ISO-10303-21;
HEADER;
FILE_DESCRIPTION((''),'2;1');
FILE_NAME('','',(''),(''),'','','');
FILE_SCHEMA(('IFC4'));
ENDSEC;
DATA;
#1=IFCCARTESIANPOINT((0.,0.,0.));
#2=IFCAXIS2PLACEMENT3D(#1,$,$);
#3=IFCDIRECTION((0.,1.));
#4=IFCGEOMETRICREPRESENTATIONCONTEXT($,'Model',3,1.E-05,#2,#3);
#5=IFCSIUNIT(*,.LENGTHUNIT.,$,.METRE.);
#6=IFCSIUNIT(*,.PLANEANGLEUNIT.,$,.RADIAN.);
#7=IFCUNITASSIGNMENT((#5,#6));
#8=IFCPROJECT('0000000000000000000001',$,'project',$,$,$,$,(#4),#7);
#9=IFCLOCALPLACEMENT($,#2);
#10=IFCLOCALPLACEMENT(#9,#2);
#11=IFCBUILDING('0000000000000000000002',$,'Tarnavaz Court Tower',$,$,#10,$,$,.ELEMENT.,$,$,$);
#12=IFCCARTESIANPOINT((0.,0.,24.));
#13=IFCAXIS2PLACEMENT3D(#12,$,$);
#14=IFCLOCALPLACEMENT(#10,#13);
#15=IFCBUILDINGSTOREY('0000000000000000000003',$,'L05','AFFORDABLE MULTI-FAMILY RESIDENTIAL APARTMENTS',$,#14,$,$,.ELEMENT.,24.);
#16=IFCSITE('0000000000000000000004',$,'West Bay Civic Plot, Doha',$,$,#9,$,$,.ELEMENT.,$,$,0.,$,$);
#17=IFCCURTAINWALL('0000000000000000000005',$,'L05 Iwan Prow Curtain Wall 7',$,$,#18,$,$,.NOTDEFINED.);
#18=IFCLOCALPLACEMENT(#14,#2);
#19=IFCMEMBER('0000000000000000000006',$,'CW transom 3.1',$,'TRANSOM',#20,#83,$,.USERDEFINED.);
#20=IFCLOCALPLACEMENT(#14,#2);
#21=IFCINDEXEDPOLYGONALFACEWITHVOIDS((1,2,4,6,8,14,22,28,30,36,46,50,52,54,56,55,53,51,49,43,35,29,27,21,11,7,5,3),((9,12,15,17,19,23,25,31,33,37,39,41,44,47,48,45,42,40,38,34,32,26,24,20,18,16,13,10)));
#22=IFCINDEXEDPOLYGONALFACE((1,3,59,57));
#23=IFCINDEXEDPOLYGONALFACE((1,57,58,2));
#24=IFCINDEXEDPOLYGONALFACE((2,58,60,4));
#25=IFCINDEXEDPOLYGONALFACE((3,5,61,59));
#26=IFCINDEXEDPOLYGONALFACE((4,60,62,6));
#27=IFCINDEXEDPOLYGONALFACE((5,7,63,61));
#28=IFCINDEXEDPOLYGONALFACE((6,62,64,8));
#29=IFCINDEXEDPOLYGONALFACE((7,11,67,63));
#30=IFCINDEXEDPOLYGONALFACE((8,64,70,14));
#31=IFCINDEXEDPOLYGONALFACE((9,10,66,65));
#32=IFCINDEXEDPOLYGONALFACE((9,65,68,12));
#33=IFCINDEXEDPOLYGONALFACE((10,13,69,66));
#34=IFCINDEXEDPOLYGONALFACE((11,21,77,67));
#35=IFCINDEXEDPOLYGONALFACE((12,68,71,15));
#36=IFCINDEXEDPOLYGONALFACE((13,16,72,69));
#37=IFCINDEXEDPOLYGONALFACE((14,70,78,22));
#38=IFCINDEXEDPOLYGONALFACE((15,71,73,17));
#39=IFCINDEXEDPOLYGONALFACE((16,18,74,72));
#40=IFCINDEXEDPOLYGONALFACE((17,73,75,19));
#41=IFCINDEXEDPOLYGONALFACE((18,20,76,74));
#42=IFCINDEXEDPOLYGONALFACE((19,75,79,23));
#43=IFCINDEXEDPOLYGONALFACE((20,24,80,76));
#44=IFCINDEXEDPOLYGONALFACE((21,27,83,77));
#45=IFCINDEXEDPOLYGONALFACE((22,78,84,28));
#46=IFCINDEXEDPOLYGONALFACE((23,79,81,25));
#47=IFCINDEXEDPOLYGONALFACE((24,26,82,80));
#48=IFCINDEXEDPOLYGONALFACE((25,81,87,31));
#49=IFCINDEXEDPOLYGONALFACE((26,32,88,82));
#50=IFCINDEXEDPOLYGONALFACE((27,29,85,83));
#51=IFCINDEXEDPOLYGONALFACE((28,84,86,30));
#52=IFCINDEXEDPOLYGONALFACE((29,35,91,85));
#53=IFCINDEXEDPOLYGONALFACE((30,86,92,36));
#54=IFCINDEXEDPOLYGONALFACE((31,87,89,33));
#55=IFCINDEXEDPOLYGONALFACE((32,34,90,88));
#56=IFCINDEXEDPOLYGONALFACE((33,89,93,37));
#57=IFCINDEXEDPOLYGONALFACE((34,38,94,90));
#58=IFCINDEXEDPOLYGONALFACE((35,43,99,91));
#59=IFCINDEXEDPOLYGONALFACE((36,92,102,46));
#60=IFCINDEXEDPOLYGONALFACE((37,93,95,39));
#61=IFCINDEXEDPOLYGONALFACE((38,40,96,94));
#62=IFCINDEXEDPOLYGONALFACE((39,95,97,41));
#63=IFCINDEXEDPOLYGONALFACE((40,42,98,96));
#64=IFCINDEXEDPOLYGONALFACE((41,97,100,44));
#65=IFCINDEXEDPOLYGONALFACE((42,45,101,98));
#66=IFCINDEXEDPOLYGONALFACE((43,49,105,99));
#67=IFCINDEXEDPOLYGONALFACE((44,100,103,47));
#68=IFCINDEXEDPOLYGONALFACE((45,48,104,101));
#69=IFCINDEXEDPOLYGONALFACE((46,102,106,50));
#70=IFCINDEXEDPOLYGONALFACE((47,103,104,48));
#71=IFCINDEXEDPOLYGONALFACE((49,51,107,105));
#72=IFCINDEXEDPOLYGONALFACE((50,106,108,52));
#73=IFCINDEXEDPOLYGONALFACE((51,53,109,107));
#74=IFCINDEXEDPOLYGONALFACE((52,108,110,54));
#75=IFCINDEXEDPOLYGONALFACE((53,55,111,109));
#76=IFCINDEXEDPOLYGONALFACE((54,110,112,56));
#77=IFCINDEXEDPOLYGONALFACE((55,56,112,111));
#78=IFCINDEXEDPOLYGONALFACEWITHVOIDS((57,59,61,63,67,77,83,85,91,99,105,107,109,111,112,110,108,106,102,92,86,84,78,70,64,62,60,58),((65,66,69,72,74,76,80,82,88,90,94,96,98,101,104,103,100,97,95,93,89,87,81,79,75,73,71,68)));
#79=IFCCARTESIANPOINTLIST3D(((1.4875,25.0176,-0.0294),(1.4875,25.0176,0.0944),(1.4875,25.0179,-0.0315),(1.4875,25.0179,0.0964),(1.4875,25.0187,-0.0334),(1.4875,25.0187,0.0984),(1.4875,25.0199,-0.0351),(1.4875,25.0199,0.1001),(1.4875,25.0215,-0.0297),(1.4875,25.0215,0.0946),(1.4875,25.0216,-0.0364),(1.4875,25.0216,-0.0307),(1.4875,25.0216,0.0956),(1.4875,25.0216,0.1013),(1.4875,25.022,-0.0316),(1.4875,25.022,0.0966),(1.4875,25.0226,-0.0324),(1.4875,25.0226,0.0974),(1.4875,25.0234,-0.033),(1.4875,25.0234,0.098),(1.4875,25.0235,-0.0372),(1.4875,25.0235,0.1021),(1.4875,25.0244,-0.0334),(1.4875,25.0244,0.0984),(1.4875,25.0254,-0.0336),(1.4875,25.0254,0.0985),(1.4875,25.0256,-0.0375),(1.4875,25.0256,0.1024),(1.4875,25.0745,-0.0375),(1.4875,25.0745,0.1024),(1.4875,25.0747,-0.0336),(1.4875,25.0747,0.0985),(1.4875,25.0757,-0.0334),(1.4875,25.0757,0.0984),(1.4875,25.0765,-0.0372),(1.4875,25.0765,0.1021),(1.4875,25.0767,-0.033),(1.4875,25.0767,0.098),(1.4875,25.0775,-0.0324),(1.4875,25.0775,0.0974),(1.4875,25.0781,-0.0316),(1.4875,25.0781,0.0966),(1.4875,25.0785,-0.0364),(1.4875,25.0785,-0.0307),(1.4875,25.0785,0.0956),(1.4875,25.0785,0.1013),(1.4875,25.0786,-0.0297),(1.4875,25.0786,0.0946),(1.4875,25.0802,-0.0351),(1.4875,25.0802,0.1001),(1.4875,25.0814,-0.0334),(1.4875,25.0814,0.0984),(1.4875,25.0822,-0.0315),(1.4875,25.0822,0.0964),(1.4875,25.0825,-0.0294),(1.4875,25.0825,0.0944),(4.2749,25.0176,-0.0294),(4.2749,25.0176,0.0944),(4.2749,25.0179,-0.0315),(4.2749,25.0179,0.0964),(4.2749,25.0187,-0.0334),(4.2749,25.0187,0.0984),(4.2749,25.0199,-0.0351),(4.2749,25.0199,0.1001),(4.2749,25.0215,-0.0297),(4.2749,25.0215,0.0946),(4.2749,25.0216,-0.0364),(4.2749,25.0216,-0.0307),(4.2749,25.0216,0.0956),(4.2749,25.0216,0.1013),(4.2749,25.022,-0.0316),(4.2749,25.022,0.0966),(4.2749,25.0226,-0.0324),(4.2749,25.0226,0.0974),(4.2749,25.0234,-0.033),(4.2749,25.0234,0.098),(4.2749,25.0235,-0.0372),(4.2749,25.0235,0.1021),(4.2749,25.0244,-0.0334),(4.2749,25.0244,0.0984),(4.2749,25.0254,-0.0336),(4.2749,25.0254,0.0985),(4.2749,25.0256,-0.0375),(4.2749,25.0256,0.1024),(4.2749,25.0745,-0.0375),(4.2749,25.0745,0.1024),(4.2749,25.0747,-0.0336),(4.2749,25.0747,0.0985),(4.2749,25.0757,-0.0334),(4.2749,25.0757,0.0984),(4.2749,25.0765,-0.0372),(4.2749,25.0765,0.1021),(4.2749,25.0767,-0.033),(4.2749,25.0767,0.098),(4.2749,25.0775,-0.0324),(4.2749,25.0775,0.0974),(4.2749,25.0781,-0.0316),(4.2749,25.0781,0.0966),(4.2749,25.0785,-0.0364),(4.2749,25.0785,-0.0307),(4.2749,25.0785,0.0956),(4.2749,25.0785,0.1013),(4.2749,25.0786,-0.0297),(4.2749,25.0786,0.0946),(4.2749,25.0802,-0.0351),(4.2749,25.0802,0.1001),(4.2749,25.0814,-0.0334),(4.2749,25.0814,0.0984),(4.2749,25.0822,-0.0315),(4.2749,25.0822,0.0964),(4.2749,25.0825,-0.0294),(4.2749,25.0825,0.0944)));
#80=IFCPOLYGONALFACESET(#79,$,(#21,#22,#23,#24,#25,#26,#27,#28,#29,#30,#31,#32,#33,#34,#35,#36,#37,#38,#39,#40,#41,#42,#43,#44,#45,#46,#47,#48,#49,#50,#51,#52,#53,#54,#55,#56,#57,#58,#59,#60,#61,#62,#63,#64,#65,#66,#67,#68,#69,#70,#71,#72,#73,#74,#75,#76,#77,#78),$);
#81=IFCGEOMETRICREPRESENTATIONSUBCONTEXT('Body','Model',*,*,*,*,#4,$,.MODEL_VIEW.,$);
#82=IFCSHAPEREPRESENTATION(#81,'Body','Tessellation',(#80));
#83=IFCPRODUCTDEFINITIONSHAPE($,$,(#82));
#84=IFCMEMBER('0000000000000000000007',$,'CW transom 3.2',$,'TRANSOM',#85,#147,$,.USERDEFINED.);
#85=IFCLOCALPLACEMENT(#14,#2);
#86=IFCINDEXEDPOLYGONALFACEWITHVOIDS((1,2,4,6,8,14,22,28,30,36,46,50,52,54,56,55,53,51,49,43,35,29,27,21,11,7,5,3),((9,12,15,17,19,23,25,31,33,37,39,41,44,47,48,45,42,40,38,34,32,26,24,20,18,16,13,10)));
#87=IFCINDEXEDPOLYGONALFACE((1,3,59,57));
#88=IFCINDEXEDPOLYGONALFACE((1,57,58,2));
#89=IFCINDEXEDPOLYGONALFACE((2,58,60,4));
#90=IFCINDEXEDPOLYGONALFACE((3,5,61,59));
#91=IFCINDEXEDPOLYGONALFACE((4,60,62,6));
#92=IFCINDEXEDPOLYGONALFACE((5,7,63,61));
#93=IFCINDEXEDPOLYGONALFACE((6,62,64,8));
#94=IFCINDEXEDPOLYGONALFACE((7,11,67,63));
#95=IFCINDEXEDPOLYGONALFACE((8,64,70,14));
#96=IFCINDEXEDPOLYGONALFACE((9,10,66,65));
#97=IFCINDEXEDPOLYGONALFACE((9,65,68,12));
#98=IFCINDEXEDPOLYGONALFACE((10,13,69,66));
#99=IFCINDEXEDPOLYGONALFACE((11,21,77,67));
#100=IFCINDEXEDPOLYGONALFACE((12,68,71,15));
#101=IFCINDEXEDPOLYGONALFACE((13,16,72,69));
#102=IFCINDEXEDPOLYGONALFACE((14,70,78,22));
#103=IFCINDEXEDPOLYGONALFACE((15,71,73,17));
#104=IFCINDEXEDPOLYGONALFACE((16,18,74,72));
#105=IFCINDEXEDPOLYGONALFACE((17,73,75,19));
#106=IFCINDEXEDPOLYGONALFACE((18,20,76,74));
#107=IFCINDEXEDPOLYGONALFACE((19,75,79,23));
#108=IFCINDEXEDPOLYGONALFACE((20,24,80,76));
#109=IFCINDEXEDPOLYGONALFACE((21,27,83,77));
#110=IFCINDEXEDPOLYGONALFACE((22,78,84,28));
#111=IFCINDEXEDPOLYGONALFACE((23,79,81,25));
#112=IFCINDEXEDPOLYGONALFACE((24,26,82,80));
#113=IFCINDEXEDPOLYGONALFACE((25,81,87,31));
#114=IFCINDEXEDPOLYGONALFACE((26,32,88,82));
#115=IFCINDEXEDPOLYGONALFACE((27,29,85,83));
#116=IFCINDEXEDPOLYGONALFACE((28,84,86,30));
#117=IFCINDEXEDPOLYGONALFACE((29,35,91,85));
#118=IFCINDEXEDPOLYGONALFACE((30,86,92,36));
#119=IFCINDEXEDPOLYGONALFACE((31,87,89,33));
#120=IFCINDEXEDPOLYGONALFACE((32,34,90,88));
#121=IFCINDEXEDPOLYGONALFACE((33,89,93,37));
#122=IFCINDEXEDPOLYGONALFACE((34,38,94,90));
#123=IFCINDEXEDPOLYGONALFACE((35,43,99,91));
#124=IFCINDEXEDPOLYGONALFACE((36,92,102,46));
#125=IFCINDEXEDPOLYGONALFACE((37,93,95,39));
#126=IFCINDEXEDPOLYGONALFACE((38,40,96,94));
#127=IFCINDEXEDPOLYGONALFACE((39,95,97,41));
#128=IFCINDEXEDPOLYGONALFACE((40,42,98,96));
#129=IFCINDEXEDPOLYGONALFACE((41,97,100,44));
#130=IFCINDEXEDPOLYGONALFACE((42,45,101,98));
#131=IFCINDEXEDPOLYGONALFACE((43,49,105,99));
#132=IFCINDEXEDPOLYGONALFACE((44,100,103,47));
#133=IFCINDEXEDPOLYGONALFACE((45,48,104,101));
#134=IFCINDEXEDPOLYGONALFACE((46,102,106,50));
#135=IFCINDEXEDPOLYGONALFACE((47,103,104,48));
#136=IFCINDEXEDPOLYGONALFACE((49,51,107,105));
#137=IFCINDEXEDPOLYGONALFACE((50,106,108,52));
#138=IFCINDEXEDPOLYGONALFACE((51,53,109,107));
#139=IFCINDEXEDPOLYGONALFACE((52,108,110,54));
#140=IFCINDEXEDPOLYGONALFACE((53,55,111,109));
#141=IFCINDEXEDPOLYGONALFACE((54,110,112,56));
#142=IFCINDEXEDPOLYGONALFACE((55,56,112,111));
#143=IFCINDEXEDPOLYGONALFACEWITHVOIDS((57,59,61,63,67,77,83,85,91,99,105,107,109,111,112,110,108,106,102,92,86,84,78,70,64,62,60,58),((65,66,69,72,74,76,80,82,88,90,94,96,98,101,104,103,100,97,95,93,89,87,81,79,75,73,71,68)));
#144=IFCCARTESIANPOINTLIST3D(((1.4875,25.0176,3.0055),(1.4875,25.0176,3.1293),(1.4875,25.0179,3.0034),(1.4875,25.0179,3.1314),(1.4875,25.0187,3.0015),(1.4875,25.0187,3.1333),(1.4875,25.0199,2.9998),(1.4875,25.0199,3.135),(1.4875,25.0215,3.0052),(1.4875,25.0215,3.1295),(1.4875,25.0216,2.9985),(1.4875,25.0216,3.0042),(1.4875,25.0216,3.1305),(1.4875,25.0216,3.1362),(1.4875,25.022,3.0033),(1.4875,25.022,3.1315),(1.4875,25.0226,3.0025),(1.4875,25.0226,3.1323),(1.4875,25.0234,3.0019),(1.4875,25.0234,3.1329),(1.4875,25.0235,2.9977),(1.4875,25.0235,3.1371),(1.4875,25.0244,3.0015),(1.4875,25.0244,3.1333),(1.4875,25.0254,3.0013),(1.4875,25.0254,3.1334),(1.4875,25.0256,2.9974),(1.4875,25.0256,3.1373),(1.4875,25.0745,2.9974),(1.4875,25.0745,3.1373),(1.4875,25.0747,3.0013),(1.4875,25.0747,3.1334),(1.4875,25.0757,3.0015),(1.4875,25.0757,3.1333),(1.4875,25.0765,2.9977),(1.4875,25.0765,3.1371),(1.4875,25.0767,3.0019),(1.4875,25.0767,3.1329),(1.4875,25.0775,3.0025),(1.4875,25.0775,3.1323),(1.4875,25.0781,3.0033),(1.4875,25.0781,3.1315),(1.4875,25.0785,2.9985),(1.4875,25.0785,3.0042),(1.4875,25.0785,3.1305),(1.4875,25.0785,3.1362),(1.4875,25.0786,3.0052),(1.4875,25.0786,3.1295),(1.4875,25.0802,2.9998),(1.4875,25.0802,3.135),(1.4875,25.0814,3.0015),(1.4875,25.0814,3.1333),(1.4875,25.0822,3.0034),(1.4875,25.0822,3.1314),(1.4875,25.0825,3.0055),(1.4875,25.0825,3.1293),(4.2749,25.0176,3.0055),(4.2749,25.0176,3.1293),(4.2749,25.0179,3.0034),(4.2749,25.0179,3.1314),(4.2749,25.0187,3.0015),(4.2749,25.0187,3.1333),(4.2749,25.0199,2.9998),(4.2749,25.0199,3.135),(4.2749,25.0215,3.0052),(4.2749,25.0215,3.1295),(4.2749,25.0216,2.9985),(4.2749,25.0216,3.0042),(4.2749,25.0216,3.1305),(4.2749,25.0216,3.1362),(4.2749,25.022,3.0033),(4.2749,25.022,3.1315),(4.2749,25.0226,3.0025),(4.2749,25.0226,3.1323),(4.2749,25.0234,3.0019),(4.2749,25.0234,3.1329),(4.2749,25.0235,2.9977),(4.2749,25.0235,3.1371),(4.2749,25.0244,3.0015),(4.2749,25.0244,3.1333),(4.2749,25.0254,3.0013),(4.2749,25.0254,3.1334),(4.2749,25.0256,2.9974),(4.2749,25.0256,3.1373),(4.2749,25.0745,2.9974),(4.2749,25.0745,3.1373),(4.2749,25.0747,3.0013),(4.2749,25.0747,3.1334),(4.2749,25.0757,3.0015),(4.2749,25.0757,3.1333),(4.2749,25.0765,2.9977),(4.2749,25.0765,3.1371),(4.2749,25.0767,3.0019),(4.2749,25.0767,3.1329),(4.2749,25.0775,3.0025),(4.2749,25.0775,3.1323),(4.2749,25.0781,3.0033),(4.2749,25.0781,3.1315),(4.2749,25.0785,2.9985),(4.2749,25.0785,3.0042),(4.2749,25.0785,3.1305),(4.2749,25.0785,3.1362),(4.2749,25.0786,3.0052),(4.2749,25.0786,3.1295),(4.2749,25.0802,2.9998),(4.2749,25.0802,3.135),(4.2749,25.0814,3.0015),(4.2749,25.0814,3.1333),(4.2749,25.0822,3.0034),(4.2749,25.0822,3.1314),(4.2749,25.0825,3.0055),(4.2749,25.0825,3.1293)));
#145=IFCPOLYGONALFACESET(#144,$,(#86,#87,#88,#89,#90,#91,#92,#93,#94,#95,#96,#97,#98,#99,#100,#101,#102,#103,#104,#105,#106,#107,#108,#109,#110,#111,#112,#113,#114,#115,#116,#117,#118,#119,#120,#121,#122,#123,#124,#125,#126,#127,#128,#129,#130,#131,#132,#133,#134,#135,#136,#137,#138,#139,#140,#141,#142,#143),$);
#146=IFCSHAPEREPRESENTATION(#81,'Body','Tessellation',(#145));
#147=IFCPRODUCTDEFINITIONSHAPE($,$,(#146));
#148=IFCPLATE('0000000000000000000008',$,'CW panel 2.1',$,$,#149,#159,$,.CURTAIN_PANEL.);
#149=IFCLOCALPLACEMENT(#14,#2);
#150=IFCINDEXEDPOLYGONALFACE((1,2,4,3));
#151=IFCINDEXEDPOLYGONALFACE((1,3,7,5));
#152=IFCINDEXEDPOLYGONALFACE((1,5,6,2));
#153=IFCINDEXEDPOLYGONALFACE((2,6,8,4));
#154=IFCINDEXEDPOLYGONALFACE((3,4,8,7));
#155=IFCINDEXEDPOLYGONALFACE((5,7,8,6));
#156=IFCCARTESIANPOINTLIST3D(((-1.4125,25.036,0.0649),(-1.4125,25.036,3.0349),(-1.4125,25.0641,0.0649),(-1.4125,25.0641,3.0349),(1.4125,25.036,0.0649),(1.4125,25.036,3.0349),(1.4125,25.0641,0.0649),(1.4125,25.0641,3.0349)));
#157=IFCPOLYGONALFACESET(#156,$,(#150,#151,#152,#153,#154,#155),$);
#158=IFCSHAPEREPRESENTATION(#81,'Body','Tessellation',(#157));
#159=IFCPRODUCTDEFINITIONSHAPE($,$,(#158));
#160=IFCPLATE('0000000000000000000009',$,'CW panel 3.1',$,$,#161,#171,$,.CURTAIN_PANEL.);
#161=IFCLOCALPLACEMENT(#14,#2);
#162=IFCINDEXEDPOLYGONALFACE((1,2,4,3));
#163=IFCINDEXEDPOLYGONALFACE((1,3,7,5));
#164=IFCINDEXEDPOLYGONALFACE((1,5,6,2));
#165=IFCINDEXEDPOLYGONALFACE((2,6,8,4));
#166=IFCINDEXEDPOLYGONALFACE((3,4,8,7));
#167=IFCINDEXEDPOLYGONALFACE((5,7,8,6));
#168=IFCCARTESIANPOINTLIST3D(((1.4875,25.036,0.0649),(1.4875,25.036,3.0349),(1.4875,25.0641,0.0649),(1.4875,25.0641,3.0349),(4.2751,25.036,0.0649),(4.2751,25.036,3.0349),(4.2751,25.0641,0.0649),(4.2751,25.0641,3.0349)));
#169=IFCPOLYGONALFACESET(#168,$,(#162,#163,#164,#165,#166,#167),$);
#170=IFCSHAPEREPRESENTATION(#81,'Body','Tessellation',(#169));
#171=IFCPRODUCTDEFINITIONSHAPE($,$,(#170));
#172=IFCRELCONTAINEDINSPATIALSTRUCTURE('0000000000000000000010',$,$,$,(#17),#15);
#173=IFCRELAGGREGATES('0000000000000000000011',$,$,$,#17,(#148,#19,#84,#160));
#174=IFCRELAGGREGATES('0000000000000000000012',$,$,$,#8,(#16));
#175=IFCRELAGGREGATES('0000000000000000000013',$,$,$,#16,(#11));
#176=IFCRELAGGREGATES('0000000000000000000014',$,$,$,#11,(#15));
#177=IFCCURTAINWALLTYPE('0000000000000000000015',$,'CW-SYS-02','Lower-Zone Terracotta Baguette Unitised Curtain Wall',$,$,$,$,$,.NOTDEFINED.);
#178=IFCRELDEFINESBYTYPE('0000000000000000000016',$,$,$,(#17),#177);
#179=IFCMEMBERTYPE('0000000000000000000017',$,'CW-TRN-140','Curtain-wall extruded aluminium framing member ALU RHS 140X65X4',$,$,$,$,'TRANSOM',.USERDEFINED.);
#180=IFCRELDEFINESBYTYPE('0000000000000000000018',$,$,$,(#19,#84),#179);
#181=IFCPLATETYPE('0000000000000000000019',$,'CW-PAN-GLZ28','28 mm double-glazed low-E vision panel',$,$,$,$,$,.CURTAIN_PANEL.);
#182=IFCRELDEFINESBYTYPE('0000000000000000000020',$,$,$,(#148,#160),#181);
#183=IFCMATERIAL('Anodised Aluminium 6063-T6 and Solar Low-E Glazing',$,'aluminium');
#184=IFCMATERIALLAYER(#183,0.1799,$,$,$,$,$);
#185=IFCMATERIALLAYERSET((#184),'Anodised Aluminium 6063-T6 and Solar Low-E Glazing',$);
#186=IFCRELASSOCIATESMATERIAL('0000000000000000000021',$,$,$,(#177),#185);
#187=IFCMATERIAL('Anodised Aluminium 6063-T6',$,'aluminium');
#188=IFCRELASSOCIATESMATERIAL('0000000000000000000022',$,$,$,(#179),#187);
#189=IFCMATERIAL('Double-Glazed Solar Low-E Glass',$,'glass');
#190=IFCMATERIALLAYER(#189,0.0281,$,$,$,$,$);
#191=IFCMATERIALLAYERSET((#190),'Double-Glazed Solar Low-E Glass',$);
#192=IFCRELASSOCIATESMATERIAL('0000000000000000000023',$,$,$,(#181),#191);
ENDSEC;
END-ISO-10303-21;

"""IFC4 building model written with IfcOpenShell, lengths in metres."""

from ifc_helpers import new_model, si_unit, direction, frame, origin, origin_2d, place, context, subcontext, project, spatial, rectangle, hollow_rectangle, extrude, material, layer, layer_set, material_profile, profile_set, type_object, element, aggregate, save


model = new_model("IFC4")

# Units and contexts
model_context = context("Model", 3, precision=1e-05, world=origin(), true_north=direction((0.0, 1.0)))
body_context = subcontext(model_context, "Body", "Model", "MODEL_VIEW")
ifc_project = project(units=[si_unit("LENGTHUNIT", "METRE"), si_unit("PLANEANGLEUNIT", "RADIAN")], contexts=[model_context])

# Site, building, storey
site_placement = place(None, origin())
site = spatial("IfcSite", under=ifc_project, at=site_placement, Name="West Bay Civic Plot, Doha", CompositionType="ELEMENT", RefElevation=0.0)
building_placement = place(site_placement, origin())
building = spatial("IfcBuilding", under=site, at=building_placement, Name="Tarnavaz Court Tower", CompositionType="ELEMENT")
storey_placement = place(building_placement, frame((0.0, 0.0, 24.0)))
storey = spatial("IfcBuildingStorey", under=building, at=storey_placement, Name="L05", Description="AFFORDABLE MULTI-FAMILY RESIDENTIAL APARTMENTS", CompositionType="ELEMENT", Elevation=24.0)

# Curtain wall, members, plates
ifc_material_1 = material(Name="Anodised Aluminium 6063-T6 and Solar Low-E Glazing", Category="aluminium")
ifc_layer_1 = layer(ifc_material_1, 0.1799)
ifc_layer_set_1 = layer_set([ifc_layer_1], Name="Anodised Aluminium 6063-T6 and Solar Low-E Glazing")
curtain_wall_type = type_object("IfcCurtainWallType", Name="CW-SYS-02", Description="Lower-Zone Terracotta Baguette Unitised Curtain Wall", PredefinedType="NOTDEFINED", material=ifc_layer_set_1)
curtain_wall_placement = place(storey_placement, origin())
curtain_wall = element("IfcCurtainWall", 1, at=curtain_wall_placement, inside=storey, type_object=curtain_wall_type, Name="L05 Iwan Prow Curtain Wall 7", PredefinedType="NOTDEFINED")
ifc_material_2 = material(Name="Anodised Aluminium 6063-T6", Category="aluminium")
ifc_material_profile_1 = material_profile(ifc_material_2, hollow_rectangle(XDim=0.0649, YDim=0.1399, WallThickness=0.0039, InnerFilletRadius=0.0039, OuterFilletRadius=0.0081, at=origin_2d()), Name="ALU RHS 140X65X4")
ifc_profile_set_1 = profile_set([ifc_material_profile_1], Name="Anodised Aluminium 6063-T6")
member_type_1 = type_object("IfcMemberType", Name="CW-TRN-140", Description="Curtain-wall extruded aluminium framing member ALU RHS 140X65X4", ElementType="TRANSOM", PredefinedType="USERDEFINED", material=ifc_profile_set_1)
member_1_placement = place(storey_placement, frame((1.4875, 25.05, 0.0325), z_axis=(1.0, 0.0, 0.0), x_axis=(0.0, 1.0, 0.0)))
member_1 = element("IfcMember", 2, at=member_1_placement, type_object=member_type_1, Name="CW transom 3.1", ObjectType="TRANSOM", PredefinedType="USERDEFINED", context=body_context, shape_type="SweptSolid", body=[
    extrude(hollow_rectangle(XDim=0.0649, YDim=0.1399, WallThickness=0.0039, InnerFilletRadius=0.0039, OuterFilletRadius=0.0081, at=origin_2d()), origin(), (0.0, 0.0, 1.0), 2.7874),
])
member_2_placement = place(storey_placement, frame((1.4875, 25.05, 3.0674), z_axis=(1.0, 0.0, 0.0), x_axis=(0.0, 1.0, 0.0)))
member_2 = element("IfcMember", 3, at=member_2_placement, type_object=member_type_1, Name="CW transom 3.2", ObjectType="TRANSOM", PredefinedType="USERDEFINED", context=body_context, shape_type="SweptSolid", body=[
    extrude(hollow_rectangle(XDim=0.0649, YDim=0.1399, WallThickness=0.0039, InnerFilletRadius=0.0039, OuterFilletRadius=0.0081, at=origin_2d()), origin(), (0.0, 0.0, 1.0), 2.7874),
])
ifc_material_3 = material(Name="Double-Glazed Solar Low-E Glass", Category="glass")
ifc_layer_2 = layer(ifc_material_3, 0.0281)
ifc_layer_set_2 = layer_set([ifc_layer_2], Name="Double-Glazed Solar Low-E Glass")
plate_type = type_object("IfcPlateType", Name="CW-PAN-GLZ28", Description="28 mm double-glazed low-E vision panel", PredefinedType="CURTAIN_PANEL", material=ifc_layer_set_2)
plate_1_placement = place(storey_placement, frame((0.0, 25.05, 0.0649), z_axis=(0.0, 0.0, 1.0), x_axis=(1.0, 0.0, 0.0)))
plate_1 = element("IfcPlate", 4, at=plate_1_placement, type_object=plate_type, Name="CW panel 2.1", PredefinedType="CURTAIN_PANEL", context=body_context, shape_type="SweptSolid", body=[
    extrude(rectangle(XDim=2.825, YDim=0.0281, at=origin_2d()), origin(), (0.0, 0.0, 1.0), 2.97),
])
plate_2_placement = place(storey_placement, frame((2.8813, 25.05, 0.0649), z_axis=(0.0, 0.0, 1.0), x_axis=(1.0, 0.0, 0.0)))
plate_2 = element("IfcPlate", 5, at=plate_2_placement, type_object=plate_type, Name="CW panel 3.1", PredefinedType="CURTAIN_PANEL", context=body_context, shape_type="SweptSolid", body=[
    extrude(rectangle(XDim=2.7876, YDim=0.0281, at=origin_2d()), origin(), (0.0, 0.0, 1.0), 2.97),
])
aggregate(curtain_wall, [plate_1, member_1, member_2, plate_2])

save(model, "model.ifc")
